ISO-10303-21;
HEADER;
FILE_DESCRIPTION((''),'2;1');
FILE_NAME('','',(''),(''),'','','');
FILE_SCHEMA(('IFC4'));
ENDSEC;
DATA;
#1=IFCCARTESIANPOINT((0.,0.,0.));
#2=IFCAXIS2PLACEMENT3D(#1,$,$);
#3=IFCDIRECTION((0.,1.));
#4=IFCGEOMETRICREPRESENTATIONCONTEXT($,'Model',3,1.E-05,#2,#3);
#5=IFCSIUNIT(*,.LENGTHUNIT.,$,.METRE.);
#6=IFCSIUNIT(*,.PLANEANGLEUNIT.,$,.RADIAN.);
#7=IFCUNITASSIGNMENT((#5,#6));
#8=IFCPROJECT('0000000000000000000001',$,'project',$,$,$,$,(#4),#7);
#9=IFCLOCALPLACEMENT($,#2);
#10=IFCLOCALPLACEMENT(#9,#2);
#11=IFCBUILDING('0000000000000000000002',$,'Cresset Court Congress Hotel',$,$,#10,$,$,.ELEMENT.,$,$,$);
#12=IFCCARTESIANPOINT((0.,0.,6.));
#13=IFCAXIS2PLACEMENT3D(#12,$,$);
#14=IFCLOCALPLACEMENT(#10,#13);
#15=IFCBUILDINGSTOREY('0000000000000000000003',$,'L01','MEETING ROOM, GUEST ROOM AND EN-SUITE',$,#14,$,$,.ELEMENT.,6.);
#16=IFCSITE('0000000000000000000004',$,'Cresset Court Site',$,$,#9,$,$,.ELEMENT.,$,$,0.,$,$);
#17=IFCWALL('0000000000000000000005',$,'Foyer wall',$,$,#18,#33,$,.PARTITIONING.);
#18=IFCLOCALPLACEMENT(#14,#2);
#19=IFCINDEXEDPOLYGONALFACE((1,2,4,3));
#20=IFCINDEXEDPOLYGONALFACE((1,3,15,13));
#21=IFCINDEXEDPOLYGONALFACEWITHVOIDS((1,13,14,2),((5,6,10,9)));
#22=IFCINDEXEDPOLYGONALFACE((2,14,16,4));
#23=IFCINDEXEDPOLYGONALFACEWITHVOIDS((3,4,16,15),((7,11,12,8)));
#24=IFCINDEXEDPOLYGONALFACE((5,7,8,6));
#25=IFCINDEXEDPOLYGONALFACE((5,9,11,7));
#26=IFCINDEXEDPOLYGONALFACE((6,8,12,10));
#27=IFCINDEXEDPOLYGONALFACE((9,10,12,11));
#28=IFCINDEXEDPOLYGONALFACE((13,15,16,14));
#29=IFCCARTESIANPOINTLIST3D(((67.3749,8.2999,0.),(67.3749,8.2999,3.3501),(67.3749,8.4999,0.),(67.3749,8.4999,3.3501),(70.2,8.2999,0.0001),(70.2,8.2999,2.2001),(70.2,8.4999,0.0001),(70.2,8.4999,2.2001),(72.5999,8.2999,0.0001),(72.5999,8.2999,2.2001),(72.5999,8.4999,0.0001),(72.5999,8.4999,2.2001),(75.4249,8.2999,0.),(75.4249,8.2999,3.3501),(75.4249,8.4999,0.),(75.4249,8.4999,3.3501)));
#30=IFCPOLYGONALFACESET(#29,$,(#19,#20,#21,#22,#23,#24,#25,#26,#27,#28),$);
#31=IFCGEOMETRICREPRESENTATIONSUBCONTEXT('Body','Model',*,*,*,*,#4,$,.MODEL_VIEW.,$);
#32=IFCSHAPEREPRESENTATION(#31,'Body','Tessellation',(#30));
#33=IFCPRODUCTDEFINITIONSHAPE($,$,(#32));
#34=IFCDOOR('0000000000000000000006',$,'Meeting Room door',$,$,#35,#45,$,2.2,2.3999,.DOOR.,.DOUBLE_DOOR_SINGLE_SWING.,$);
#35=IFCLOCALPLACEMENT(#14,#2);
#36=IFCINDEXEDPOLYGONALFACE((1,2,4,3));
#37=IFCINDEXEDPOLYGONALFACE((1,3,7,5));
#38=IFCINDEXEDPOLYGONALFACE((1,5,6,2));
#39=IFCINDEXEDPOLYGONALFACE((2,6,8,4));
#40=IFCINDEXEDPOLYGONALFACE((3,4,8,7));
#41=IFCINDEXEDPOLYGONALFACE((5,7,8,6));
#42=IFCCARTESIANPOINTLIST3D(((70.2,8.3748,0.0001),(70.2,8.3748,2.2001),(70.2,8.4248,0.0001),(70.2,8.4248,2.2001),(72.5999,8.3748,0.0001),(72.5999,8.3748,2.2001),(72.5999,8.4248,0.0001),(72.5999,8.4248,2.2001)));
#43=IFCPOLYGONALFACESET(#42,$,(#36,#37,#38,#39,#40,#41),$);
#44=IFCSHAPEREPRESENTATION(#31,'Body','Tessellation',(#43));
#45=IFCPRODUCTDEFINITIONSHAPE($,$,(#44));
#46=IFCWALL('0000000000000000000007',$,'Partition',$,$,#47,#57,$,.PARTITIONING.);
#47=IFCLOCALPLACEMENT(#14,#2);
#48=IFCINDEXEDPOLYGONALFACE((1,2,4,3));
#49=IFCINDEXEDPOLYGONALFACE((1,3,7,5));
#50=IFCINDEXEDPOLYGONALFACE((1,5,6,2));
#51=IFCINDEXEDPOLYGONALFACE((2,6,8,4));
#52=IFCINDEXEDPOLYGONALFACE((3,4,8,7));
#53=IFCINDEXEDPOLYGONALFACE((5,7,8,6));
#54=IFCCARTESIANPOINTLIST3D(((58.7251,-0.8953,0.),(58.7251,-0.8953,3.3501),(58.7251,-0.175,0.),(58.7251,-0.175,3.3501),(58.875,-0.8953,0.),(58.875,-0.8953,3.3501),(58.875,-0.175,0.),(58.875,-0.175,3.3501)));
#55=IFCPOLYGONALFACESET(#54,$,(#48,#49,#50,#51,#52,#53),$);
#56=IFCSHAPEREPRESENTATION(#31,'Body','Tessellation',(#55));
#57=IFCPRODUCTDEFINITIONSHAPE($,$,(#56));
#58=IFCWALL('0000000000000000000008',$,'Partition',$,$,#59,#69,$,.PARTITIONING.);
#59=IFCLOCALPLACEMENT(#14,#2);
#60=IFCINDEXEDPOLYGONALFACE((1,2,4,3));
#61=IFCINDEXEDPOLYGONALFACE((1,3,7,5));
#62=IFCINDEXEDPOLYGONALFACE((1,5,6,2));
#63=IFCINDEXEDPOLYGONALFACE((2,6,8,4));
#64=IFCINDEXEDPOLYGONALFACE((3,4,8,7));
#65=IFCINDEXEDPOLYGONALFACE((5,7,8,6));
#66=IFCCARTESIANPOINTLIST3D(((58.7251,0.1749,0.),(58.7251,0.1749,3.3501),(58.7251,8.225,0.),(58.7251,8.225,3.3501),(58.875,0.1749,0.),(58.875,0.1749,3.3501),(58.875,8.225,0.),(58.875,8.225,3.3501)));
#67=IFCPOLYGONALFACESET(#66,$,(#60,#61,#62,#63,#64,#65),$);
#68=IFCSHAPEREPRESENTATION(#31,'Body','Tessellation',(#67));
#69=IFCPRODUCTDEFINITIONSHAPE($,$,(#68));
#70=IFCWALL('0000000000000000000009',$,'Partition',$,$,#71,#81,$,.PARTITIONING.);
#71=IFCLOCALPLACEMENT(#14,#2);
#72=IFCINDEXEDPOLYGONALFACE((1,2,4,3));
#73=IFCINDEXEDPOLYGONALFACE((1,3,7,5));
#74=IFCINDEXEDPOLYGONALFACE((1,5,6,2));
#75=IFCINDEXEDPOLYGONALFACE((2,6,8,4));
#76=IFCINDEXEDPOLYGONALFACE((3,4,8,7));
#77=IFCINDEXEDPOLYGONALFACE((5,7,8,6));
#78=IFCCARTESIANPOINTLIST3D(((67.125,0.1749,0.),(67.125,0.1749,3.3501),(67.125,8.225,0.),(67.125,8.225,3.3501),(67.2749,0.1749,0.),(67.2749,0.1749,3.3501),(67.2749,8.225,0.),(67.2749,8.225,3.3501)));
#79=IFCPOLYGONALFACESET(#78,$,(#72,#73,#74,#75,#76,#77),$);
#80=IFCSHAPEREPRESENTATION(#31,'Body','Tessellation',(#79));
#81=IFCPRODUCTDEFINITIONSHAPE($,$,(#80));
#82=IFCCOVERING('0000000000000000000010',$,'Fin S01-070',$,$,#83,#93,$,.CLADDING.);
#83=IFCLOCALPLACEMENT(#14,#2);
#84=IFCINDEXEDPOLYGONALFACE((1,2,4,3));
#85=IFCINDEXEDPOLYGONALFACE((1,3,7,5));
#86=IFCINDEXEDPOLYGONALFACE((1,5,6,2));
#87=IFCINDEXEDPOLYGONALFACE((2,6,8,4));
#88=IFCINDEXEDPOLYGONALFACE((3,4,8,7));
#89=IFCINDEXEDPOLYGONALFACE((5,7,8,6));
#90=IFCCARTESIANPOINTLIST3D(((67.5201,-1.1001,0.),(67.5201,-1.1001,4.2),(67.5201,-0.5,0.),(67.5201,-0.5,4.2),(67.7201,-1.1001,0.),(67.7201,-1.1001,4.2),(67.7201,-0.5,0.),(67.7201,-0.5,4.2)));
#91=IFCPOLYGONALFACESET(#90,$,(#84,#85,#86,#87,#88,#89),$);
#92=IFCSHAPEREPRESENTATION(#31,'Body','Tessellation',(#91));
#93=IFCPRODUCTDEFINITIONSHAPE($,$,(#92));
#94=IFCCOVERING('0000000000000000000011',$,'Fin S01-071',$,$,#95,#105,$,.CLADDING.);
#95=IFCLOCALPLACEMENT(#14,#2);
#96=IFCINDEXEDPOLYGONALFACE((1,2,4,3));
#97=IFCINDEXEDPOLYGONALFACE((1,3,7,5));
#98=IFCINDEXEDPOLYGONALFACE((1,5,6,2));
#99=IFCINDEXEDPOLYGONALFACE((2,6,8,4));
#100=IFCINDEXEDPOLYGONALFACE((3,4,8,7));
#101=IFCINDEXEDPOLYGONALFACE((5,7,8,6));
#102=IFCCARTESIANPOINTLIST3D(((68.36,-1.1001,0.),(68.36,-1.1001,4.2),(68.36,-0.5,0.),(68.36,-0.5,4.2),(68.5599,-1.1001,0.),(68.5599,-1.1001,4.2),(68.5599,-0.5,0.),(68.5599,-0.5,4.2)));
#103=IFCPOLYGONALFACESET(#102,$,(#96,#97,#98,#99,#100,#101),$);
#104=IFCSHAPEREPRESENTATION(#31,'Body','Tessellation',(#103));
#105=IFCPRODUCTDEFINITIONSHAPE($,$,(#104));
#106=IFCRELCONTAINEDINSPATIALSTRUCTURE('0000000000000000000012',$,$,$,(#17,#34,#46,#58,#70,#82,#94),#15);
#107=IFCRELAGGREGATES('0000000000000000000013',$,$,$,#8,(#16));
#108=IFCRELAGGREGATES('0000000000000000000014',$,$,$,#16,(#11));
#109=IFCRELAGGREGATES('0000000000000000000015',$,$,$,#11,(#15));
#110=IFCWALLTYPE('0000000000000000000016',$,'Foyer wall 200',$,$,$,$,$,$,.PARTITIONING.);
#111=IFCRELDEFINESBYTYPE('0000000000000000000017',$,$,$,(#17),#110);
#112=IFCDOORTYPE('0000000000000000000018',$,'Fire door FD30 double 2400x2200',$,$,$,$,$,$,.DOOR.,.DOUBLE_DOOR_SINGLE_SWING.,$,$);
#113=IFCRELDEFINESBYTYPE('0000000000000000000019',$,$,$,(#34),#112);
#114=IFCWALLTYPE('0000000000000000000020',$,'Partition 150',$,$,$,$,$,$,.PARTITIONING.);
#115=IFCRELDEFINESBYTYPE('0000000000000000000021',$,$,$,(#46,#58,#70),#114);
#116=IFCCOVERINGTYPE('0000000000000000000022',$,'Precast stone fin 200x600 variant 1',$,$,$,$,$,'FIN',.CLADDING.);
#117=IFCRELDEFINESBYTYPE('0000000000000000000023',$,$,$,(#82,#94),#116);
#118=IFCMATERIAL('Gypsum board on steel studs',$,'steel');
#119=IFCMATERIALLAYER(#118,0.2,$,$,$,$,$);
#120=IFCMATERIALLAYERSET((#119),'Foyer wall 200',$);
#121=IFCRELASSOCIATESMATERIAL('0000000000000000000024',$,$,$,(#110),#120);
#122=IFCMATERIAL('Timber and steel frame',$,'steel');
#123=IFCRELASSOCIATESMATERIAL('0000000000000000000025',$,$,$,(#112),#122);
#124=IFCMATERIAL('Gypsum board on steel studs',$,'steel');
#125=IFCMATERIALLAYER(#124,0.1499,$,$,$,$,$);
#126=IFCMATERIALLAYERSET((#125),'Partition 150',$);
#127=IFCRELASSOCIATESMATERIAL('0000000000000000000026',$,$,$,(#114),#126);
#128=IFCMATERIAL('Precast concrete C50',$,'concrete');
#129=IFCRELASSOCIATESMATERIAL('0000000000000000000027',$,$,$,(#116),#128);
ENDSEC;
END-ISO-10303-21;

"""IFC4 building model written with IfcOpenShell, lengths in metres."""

from ifc_helpers import new_model, si_unit, direction, frame, frame_2d, origin, origin_2d, place, context, subcontext, project, spatial, rectangle, extrude, material, layer, layer_set, type_object, element, fill, save


model = new_model("IFC4")

# Units and contexts
model_context = context("Model", 3, precision=1e-05, world=origin(), true_north=direction((0.0, 1.0)))
body_context = subcontext(model_context, "Body", "Model", "MODEL_VIEW")
ifc_project = project(units=[si_unit("LENGTHUNIT", "METRE"), si_unit("PLANEANGLEUNIT", "RADIAN")], contexts=[model_context])

# Site, building, storey
site_placement = place(None, origin())
site = spatial("IfcSite", under=ifc_project, at=site_placement, Name="Cresset Court Site", CompositionType="ELEMENT", RefElevation=0.0)
building_placement = place(site_placement, origin())
building = spatial("IfcBuilding", under=site, at=building_placement, Name="Cresset Court Congress Hotel", CompositionType="ELEMENT")
storey_placement = place(building_placement, frame((0.0, 0.0, 6.0)))
storey = spatial("IfcBuildingStorey", under=building, at=storey_placement, Name="L01", Description="MEETING ROOM, GUEST ROOM AND EN-SUITE", CompositionType="ELEMENT", Elevation=6.0)

# Wall, opening, door
ifc_material_1 = material(Name="Gypsum board on steel studs", Category="steel")
ifc_layer_1 = layer(ifc_material_1, 0.2)
ifc_layer_set_1 = layer_set([ifc_layer_1], Name="Foyer wall 200")
wall_type_1 = type_object("IfcWallType", Name="Foyer wall 200", PredefinedType="PARTITIONING", material=ifc_layer_set_1)
wall_1_placement = place(storey_placement, frame((67.375, 8.3999, 0.0), z_axis=(0.0, 0.0, 1.0), x_axis=(1.0, 0.0, 0.0)))
wall_1 = element("IfcWall", 1, at=wall_1_placement, inside=storey, type_object=wall_type_1, Name="Foyer wall", PredefinedType="PARTITIONING", context=body_context, shape_type="SweptSolid", body=[
    extrude(rectangle(XDim=8.05, YDim=0.2, at=frame_2d((4.0249, 0.0))), origin(), (0.0, 0.0, 1.0), 3.3501),
])
opening_1_placement = place(wall_1_placement, frame((2.825, 0.0, 0.0)))
opening_1 = element("IfcOpeningElement", 2, at=opening_1_placement, cuts=wall_1, PredefinedType="OPENING", context=body_context, shape_type="SweptSolid", body=[
    extrude(rectangle(XDim=2.3999, YDim=2.2, at=frame_2d((1.2, 1.1001))), frame((0.0, 0.1099, 0.0), z_axis=(0.0, -1.0, 0.0), x_axis=(1.0, 0.0, 0.0)), (0.0, 0.0, 1.0), 0.22),
])
ifc_material_2 = material(Name="Timber and steel frame", Category="steel")
door_type_1 = type_object("IfcDoorType", Name="Fire door FD30 double 2400x2200", OperationType="DOUBLE_DOOR_SINGLE_SWING", PredefinedType="DOOR", material=ifc_material_2)
door_1_placement = place(opening_1_placement, origin())
door_1 = element("IfcDoor", 3, at=door_1_placement, inside=storey, type_object=door_type_1, Name="Meeting Room door", OperationType="DOUBLE_DOOR_SINGLE_SWING", OverallHeight=2.2, OverallWidth=2.3999, PredefinedType="DOOR", context=body_context, shape_type="SweptSolid", body=[
    extrude(rectangle(XDim=2.3999, YDim=2.2, at=frame_2d((1.2, 1.1001))), frame((0.0, 0.0249, 0.0), z_axis=(0.0, -1.0, 0.0), x_axis=(1.0, 0.0, 0.0)), (0.0, 0.0, 1.0), 0.05),
])
fill(opening_1, door_1)

# Walls
ifc_material_3 = material(Name="Gypsum board on steel studs", Category="steel")
ifc_layer_2 = layer(ifc_material_3, 0.1499)
ifc_layer_set_2 = layer_set([ifc_layer_2], Name="Partition 150")
wall_type_2 = type_object("IfcWallType", Name="Partition 150", PredefinedType="PARTITIONING", material=ifc_layer_set_2)
wall_2_placement = place(storey_placement, frame((58.8, -0.8953, 0.0), z_axis=(0.0, 0.0, 1.0), x_axis=(0.0, 1.0, 0.0)))
element("IfcWall", 4, at=wall_2_placement, inside=storey, type_object=wall_type_2, Name="Partition", PredefinedType="PARTITIONING", context=body_context, shape_type="SweptSolid", body=[
    extrude(rectangle(XDim=0.7202, YDim=0.1499, at=frame_2d((0.3601, 0.0))), origin(), (0.0, 0.0, 1.0), 3.3501),
])
for number, where, z_axis, x_axis, name in (
    (5, (58.8, 0.175, 0.0), (0.0, 0.0, 1.0), (0.0, 1.0, 0.0), "Partition"),
    (6, (67.2, 0.175, 0.0), (0.0, 0.0, 1.0), (0.0, 1.0, 0.0), "Partition"),
):
    element("IfcWall", number, at=place(storey_placement, frame(where, z_axis=z_axis, x_axis=x_axis)), inside=storey, type_object=wall_type_2, Name=name, PredefinedType="PARTITIONING", context=body_context, shape_type="SweptSolid", body=[
        extrude(rectangle(XDim=8.05, YDim=0.1499, at=frame_2d((4.0249, 0.0))), origin(), (0.0, 0.0, 1.0), 3.3501),
    ])

# Coverings
ifc_material_4 = material(Name="Precast concrete C50", Category="concrete")
covering_type = type_object("IfcCoveringType", Name="Precast stone fin 200x600 variant 1", ElementType="FIN", PredefinedType="CLADDING", material=ifc_material_4)
for number, where, z_axis, x_axis, name in (
    (7, (67.6201, -0.8, 0.0), (0.0, 0.0, 1.0), (1.0, 0.0, 0.0), "Fin S01-070"),
    (8, (68.46, -0.8, 0.0), (0.0, 0.0, 1.0), (1.0, 0.0, 0.0), "Fin S01-071"),
):
    element("IfcCovering", number, at=place(storey_placement, frame(where, z_axis=z_axis, x_axis=x_axis)), inside=storey, type_object=covering_type, Name=name, PredefinedType="CLADDING", context=body_context, shape_type="SweptSolid", body=[
        extrude(rectangle(XDim=0.2, YDim=0.6001, at=origin_2d()), origin(), (0.0, 0.0, 1.0), 4.2),
    ])

save(model, "model.ifc")
